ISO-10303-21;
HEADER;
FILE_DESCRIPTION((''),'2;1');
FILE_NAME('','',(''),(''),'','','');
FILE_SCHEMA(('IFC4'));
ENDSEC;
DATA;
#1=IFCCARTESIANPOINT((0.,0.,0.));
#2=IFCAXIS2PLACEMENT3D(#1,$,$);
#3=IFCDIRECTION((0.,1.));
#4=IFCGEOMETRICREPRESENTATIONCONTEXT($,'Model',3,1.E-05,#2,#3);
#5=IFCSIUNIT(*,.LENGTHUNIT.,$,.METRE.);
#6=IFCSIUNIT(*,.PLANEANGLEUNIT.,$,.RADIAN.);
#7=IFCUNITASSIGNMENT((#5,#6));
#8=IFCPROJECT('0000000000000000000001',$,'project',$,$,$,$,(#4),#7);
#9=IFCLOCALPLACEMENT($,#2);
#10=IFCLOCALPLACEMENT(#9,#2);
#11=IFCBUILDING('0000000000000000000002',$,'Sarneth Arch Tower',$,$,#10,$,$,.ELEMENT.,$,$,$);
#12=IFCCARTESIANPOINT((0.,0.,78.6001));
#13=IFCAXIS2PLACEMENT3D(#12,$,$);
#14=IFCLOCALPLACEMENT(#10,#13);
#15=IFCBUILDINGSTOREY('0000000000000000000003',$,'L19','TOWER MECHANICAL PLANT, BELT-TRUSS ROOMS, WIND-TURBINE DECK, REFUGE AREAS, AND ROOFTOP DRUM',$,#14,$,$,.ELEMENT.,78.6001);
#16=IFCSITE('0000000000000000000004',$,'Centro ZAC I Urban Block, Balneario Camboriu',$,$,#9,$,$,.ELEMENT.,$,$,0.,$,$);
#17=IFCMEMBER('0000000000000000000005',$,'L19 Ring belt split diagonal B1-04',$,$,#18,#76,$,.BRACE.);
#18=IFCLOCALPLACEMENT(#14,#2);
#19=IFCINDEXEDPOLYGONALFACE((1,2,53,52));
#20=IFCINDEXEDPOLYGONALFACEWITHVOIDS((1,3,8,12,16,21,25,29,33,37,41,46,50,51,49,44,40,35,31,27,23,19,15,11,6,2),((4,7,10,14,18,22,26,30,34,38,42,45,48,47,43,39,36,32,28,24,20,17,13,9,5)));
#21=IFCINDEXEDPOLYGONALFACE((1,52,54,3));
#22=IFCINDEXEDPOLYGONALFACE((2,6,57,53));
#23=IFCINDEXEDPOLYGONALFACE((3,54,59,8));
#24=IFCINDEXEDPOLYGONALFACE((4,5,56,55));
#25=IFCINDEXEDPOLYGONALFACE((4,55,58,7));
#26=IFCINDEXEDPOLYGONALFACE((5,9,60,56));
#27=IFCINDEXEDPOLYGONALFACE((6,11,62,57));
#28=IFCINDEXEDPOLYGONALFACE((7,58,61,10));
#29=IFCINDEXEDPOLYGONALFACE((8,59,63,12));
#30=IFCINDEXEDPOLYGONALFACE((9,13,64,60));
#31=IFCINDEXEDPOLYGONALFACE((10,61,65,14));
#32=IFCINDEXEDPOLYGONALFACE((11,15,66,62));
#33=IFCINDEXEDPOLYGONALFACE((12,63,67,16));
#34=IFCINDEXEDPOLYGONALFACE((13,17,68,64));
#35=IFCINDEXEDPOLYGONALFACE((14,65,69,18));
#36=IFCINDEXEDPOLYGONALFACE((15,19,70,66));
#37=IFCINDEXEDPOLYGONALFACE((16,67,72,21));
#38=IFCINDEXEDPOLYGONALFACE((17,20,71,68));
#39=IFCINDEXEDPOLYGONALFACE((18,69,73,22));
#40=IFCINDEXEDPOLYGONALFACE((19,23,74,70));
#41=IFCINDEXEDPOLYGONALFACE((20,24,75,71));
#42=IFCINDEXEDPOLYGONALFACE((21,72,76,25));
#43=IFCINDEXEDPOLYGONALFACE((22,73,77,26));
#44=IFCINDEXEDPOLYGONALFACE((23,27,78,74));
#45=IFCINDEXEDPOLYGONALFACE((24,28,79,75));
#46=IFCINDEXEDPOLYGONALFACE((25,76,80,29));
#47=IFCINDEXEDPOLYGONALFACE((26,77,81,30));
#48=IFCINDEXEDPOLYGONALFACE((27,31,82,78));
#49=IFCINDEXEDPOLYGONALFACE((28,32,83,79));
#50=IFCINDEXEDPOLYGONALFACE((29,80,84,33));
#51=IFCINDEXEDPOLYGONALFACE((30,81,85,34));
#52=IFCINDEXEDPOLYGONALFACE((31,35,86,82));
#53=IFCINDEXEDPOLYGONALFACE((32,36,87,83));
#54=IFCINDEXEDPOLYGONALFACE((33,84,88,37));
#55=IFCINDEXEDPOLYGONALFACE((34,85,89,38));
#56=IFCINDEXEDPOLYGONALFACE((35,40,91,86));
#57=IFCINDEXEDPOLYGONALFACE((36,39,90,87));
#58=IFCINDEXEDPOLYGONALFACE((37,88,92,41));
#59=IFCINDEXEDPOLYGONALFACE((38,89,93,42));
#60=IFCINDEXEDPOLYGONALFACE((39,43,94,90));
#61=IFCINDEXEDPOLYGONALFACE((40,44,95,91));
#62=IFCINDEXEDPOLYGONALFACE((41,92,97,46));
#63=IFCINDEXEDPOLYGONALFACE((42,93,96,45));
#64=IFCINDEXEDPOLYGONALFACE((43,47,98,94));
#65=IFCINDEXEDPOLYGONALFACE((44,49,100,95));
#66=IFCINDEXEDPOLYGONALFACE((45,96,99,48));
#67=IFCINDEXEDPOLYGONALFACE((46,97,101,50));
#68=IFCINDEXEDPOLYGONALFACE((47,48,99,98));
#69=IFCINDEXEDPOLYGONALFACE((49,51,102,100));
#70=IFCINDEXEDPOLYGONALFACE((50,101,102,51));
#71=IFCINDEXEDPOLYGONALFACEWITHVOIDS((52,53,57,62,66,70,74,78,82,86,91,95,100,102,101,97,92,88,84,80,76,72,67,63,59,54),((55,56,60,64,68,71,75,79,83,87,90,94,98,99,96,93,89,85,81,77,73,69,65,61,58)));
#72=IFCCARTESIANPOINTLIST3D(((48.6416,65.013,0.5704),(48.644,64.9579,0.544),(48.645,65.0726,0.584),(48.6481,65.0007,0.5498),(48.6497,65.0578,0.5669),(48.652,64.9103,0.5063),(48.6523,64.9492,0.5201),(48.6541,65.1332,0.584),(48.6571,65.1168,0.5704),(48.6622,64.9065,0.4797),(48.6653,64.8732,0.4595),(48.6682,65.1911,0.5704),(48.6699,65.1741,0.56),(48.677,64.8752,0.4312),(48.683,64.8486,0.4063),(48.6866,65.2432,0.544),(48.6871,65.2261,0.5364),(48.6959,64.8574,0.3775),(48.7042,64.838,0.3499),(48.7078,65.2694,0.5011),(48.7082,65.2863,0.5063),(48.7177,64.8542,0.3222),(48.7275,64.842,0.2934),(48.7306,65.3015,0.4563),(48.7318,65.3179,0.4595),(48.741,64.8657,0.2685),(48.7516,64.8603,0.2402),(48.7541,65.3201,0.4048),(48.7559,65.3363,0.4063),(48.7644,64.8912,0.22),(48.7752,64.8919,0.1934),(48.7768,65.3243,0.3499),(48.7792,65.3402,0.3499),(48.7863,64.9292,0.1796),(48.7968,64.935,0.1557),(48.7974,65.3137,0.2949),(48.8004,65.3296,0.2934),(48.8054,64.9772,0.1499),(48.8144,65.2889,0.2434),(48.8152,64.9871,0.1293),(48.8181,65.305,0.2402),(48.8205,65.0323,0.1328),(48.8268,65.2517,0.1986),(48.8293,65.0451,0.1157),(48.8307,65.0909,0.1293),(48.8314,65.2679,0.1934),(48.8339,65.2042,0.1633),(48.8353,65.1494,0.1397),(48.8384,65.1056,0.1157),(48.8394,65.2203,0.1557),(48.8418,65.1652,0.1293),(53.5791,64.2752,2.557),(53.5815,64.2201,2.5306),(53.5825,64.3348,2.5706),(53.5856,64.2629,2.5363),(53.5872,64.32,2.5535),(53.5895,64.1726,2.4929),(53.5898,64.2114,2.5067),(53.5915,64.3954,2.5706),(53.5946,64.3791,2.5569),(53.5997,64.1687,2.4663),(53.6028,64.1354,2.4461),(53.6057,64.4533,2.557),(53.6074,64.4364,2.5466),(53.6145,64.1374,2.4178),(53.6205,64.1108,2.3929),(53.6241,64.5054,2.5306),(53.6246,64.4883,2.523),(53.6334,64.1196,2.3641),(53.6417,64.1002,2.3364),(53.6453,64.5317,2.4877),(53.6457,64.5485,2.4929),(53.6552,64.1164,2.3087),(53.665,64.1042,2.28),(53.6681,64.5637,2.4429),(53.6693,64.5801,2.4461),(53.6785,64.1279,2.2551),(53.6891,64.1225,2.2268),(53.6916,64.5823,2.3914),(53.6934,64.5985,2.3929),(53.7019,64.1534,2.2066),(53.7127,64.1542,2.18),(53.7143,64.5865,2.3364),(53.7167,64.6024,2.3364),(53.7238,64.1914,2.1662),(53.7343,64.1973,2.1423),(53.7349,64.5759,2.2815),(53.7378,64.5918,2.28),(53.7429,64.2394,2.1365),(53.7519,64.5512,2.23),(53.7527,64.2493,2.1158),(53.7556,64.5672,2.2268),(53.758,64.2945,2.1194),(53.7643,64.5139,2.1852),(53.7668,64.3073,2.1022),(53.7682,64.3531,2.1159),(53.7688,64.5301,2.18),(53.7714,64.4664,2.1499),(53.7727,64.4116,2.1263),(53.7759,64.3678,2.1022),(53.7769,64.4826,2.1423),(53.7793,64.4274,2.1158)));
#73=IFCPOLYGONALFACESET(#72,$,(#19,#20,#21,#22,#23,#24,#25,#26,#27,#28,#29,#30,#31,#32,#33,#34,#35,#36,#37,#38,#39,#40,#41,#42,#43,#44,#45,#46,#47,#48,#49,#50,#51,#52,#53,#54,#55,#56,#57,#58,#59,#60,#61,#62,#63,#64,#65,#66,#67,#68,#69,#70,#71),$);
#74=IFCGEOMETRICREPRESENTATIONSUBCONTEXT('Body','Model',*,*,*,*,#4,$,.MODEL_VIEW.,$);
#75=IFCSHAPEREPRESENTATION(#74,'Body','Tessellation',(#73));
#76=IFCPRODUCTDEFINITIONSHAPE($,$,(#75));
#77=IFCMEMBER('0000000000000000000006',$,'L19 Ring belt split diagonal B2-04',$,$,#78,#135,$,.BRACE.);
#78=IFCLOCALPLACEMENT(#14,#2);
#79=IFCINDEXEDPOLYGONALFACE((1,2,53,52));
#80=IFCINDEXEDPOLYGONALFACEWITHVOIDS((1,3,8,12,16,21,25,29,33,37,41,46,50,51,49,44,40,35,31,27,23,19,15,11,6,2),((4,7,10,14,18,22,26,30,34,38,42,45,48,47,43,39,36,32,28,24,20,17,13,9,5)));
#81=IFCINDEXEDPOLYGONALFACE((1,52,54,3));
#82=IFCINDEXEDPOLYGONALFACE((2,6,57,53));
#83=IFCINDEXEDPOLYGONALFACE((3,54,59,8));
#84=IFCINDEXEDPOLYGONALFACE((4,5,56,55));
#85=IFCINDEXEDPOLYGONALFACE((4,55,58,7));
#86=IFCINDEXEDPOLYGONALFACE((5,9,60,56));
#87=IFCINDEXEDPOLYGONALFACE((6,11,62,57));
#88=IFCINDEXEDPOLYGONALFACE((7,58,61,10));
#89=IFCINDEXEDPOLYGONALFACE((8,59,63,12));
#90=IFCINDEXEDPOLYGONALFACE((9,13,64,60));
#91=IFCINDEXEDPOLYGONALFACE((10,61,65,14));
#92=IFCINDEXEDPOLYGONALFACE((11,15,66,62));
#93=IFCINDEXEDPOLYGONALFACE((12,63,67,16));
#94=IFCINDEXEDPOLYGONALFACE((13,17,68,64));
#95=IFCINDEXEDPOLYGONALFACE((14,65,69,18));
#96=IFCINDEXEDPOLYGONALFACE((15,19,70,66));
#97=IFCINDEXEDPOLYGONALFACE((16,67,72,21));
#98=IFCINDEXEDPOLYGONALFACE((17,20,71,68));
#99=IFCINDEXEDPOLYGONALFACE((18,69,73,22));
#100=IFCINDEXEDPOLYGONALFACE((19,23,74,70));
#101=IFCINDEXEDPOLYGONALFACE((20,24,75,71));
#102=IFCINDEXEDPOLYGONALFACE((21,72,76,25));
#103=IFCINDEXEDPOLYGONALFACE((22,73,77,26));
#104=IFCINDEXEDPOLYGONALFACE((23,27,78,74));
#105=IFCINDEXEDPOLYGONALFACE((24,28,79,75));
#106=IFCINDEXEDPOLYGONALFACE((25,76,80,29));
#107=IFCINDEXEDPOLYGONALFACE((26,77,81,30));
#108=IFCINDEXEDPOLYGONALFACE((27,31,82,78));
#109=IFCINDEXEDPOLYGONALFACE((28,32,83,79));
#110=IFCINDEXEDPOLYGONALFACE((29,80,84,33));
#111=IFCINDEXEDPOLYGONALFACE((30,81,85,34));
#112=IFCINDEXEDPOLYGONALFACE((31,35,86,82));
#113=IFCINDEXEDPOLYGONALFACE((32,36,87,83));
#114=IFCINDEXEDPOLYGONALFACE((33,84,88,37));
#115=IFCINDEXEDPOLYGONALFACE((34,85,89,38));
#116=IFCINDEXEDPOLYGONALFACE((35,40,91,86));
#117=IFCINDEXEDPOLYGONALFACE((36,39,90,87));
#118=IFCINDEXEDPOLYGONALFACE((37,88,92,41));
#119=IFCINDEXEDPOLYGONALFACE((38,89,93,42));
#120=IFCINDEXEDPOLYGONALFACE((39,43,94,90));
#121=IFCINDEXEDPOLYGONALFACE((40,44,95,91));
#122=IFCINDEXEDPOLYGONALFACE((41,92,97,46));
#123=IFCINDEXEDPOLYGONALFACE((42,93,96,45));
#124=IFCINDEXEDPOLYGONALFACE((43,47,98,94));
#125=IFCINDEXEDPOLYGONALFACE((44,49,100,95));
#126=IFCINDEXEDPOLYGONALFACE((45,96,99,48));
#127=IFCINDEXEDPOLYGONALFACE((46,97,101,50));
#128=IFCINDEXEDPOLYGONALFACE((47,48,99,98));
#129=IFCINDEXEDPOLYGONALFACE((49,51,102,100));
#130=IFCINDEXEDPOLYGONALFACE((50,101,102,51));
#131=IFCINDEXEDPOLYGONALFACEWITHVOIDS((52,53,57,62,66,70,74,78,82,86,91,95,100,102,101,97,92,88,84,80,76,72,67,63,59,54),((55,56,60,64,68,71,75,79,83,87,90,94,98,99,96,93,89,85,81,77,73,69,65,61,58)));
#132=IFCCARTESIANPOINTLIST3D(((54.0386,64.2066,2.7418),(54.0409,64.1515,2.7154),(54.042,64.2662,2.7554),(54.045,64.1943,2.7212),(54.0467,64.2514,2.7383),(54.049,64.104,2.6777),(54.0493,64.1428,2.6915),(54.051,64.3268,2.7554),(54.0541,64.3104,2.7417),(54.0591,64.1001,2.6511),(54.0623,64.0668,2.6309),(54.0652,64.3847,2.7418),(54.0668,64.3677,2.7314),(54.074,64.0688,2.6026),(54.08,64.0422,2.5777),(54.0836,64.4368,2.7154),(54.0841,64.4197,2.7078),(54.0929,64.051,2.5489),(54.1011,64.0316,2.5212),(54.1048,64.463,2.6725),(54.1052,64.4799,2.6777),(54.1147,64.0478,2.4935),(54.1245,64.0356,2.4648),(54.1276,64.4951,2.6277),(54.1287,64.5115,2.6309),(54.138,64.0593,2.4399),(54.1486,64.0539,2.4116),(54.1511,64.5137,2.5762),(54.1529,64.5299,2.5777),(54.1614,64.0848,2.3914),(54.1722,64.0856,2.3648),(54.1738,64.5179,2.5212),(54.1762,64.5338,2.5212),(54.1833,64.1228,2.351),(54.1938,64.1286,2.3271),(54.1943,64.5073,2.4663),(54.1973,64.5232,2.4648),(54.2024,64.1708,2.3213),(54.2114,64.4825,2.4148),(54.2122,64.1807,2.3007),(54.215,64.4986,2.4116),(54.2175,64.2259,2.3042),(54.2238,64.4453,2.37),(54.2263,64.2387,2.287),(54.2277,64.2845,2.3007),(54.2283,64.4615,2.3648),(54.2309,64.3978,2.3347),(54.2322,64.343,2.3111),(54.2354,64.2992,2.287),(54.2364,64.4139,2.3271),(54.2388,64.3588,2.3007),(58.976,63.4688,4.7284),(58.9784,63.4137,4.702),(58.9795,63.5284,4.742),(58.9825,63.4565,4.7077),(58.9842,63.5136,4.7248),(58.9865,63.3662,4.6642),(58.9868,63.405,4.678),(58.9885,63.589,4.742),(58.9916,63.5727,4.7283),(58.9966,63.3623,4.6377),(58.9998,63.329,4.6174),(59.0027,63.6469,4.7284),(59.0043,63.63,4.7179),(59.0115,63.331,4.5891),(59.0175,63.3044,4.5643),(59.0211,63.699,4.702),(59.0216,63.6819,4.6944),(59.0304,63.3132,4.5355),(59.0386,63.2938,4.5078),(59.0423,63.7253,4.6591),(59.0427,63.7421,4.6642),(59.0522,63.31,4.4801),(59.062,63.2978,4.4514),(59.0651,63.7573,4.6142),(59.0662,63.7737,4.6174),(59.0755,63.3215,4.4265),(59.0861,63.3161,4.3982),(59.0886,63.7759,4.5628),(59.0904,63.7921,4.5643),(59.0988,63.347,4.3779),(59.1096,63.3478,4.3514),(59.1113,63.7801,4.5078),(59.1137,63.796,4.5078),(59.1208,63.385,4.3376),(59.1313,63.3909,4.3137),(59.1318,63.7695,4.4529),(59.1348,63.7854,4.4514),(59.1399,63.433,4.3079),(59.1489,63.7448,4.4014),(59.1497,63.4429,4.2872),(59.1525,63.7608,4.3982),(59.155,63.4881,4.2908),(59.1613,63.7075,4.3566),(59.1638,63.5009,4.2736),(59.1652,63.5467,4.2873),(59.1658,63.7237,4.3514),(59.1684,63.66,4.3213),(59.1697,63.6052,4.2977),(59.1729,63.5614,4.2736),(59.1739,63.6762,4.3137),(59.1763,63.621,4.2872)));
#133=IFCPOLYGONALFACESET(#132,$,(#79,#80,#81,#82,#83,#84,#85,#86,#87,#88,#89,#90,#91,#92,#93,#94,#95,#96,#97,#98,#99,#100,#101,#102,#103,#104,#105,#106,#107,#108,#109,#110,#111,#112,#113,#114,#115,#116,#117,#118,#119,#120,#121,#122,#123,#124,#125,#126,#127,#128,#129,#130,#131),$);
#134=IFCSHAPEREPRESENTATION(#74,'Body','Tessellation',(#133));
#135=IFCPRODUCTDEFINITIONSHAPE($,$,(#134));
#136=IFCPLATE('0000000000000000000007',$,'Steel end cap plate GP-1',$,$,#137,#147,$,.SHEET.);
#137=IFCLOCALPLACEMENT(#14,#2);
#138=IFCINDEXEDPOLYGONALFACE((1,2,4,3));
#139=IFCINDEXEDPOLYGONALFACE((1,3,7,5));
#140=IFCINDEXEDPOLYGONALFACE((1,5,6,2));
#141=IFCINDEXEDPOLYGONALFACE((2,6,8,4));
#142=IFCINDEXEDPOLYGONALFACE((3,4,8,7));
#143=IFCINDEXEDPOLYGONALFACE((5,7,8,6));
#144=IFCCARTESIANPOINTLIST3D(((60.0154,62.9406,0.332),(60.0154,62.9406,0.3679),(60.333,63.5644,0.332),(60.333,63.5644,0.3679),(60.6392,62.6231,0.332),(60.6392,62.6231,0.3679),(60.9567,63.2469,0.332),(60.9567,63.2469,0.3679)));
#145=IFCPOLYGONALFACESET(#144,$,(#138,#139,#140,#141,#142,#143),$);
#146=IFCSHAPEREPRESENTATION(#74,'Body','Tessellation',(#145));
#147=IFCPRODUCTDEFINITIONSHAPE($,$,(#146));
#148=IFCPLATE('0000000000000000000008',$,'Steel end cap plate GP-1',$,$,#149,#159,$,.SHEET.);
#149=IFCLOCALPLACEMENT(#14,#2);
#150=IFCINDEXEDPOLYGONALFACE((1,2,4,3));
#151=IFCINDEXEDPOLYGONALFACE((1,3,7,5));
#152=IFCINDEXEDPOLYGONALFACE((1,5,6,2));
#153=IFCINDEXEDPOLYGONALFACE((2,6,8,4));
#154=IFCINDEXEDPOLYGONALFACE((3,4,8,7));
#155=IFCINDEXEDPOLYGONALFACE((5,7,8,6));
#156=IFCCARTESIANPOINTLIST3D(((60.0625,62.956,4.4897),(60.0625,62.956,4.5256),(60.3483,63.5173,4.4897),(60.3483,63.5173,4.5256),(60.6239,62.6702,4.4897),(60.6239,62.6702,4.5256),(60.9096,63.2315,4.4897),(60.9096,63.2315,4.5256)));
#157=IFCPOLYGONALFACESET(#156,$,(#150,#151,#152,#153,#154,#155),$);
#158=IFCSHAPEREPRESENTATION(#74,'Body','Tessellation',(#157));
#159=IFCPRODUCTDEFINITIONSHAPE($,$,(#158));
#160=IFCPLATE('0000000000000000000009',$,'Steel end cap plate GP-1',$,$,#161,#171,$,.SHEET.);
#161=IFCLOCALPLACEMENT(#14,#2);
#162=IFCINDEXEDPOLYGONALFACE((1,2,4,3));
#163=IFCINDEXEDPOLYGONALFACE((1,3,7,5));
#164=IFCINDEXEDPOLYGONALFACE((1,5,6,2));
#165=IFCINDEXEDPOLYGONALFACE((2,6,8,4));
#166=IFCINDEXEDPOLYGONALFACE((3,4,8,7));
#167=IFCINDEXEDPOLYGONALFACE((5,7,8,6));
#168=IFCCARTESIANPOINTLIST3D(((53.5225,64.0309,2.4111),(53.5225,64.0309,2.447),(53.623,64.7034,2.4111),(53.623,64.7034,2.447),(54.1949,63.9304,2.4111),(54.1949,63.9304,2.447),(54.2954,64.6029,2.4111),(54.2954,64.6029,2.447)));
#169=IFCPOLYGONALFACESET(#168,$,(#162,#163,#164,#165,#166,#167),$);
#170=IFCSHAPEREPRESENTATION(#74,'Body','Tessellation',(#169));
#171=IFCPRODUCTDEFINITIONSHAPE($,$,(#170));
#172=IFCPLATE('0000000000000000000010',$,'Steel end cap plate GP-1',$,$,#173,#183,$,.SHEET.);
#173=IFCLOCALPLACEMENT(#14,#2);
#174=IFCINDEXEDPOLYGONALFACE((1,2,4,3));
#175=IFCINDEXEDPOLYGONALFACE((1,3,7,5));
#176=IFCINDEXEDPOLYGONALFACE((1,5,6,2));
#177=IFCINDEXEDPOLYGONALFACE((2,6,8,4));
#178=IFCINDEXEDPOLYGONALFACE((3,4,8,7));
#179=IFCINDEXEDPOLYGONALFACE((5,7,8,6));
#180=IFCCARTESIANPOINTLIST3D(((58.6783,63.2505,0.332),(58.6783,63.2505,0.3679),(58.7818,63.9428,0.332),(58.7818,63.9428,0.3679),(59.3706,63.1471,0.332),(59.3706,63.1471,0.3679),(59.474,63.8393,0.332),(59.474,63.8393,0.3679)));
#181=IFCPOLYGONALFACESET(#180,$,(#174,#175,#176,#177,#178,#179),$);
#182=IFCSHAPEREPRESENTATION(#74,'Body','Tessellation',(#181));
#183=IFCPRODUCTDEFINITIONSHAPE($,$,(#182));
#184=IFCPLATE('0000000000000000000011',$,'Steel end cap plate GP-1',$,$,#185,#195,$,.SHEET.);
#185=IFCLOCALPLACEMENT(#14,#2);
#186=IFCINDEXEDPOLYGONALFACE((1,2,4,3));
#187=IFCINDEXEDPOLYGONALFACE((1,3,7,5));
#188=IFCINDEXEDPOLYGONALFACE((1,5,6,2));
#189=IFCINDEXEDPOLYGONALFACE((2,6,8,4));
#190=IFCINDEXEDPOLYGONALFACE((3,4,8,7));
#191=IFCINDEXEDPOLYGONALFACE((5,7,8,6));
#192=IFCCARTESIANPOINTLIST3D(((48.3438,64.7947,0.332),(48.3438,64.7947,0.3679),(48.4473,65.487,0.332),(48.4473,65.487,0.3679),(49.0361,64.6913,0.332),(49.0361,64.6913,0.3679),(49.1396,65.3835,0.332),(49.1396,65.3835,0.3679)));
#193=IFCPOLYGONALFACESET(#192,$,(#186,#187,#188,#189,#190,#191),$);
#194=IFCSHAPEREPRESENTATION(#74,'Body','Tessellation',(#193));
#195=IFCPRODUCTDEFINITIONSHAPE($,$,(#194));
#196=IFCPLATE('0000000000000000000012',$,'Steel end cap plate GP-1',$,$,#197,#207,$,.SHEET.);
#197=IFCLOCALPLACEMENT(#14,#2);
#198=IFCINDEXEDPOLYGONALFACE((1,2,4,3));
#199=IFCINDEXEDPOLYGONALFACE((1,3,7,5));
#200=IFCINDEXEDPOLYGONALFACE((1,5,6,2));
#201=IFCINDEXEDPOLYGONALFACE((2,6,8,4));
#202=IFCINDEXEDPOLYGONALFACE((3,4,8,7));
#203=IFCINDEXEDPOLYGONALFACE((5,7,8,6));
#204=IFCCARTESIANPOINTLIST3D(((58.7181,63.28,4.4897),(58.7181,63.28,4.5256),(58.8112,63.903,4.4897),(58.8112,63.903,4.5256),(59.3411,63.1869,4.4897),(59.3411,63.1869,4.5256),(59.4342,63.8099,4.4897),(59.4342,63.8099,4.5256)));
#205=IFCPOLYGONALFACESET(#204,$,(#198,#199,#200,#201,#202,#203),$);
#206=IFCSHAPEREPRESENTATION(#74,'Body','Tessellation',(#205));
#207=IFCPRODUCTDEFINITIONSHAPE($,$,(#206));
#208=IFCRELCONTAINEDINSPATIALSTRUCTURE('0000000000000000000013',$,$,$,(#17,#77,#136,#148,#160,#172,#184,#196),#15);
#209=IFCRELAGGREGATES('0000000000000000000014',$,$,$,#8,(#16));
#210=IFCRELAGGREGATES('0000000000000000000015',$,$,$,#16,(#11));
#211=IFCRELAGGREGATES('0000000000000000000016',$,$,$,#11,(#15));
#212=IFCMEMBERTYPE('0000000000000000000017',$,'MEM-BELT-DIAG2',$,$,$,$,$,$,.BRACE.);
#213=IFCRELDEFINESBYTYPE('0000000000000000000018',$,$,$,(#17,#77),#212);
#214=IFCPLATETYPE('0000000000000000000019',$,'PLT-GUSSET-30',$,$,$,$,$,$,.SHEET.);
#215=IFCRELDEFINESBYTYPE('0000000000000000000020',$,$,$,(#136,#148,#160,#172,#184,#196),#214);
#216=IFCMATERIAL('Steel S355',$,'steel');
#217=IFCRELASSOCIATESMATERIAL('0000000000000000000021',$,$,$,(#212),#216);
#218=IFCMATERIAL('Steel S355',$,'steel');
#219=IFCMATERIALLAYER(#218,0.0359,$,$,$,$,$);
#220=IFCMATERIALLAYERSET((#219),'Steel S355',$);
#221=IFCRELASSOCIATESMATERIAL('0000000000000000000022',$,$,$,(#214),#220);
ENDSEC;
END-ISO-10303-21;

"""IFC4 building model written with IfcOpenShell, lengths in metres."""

from ifc_helpers import new_model, si_unit, direction, frame, origin, origin_2d, place, context, subcontext, project, spatial, rectangle, hollow_circle, extrude, material, layer, layer_set, material_profile, profile_set, type_object, element, save


model = new_model("IFC4")

# Units and contexts
model_context = context("Model", 3, precision=1e-05, world=origin(), true_north=direction((0.0, 1.0)))
body_context = subcontext(model_context, "Body", "Model", "MODEL_VIEW")
ifc_project = project(units=[si_unit("LENGTHUNIT", "METRE"), si_unit("PLANEANGLEUNIT", "RADIAN")], contexts=[model_context])

# Site, building, storey
site_placement = place(None, origin())
site = spatial("IfcSite", under=ifc_project, at=site_placement, Name="Centro ZAC I Urban Block, Balneario Camboriu", CompositionType="ELEMENT", RefElevation=0.0)
building_placement = place(site_placement, origin())
building = spatial("IfcBuilding", under=site, at=building_placement, Name="Sarneth Arch Tower", CompositionType="ELEMENT")
storey_placement = place(building_placement, frame((0.0, 0.0, 78.6001)))
storey = spatial("IfcBuildingStorey", under=building, at=storey_placement, Name="L19", Description="TOWER MECHANICAL PLANT, BELT-TRUSS ROOMS, WIND-TURBINE DECK, REFUGE AREAS, AND ROOFTOP DRUM", CompositionType="ELEMENT", Elevation=78.6001)

# Members
ifc_material_1 = material(Name="Steel S355", Category="steel")
ifc_material_profile_1 = material_profile(ifc_material_1, hollow_circle(Radius=0.2539, WallThickness=0.0161, at=origin_2d()), Name="CHS508x16")
ifc_profile_set_1 = profile_set([ifc_material_profile_1], Name="Steel S355")
member_type_1 = type_object("IfcMemberType", Name="MEM-BELT-DIAG2", PredefinedType="BRACE", material=ifc_profile_set_1)
for number, where, z_axis, x_axis, name in (
    (1, (48.7417, 65.0891, 0.3499), (0.918937, -0.137314, 0.369729), (0.147786, 0.989019, 0.0), "L19 Ring belt split diagonal B1-04"),
    (2, (54.1387, 64.2827, 2.5212), (0.918937, -0.137314, 0.369729), (0.147786, 0.989019, 0.0), "L19 Ring belt split diagonal B2-04"),
):
    element("IfcMember", number, at=place(storey_placement, frame(where, z_axis=z_axis, x_axis=x_axis)), inside=storey, type_object=member_type_1, Name=name, PredefinedType="BRACE", context=body_context, shape_type="SweptSolid", body=[
        extrude(hollow_circle(Radius=0.2539, WallThickness=0.0161, at=origin_2d()), origin(), (0.0, 0.0, 1.0), 5.373),
    ])

# Plates
ifc_material_2 = material(Name="Steel S355", Category="steel")
ifc_layer_1 = layer(ifc_material_2, 0.0359)
ifc_layer_set_1 = layer_set([ifc_layer_1], Name="Steel S355")
plate_type_1 = type_object("IfcPlateType", Name="PLT-GUSSET-30", PredefinedType="SHEET", material=ifc_layer_set_1)
plate_1_placement = place(storey_placement, frame((60.4861, 63.0938, 0.332), z_axis=(0.0, 0.0, 1.0), x_axis=(-0.891165, 0.453679, 0.0)))
element("IfcPlate", 3, at=plate_1_placement, inside=storey, type_object=plate_type_1, Name="Steel end cap plate GP-1", PredefinedType="SHEET", context=body_context, shape_type="SweptSolid", body=[
    extrude(rectangle(XDim=0.7, YDim=0.7, at=origin_2d()), origin(), (0.0, 0.0, 1.0), 0.0359),
])
plate_2_placement = place(storey_placement, frame((60.4861, 63.0938, 4.4897), z_axis=(0.0, 0.0, 1.0), x_axis=(-0.891165, 0.453679, 0.0)))
element("IfcPlate", 4, at=plate_2_placement, inside=storey, type_object=plate_type_1, Name="Steel end cap plate GP-1", PredefinedType="SHEET", context=body_context, shape_type="SweptSolid", body=[
    extrude(rectangle(XDim=0.6299, YDim=0.6299, at=origin_2d()), origin(), (0.0, 0.0, 1.0), 0.0359),
])
plate_3_placement = place(storey_placement, frame((53.9089, 64.3169, 2.4111), z_axis=(0.0, 0.0, 1.0), x_axis=(-0.989016, 0.147809, 0.0)))
element("IfcPlate", 5, at=plate_3_placement, inside=storey, type_object=plate_type_1, Name="Steel end cap plate GP-1", PredefinedType="SHEET", context=body_context, shape_type="SweptSolid", body=[
    extrude(rectangle(XDim=0.6799, YDim=0.6799, at=origin_2d()), origin(), (0.0, 0.0, 1.0), 0.0359),
])
for number, where, z_axis, x_axis, name in (
    (6, (59.0762, 63.5449, 0.332), (0.0, 0.0, 1.0), (0.989016, -0.147809, 0.0), "Steel end cap plate GP-1"),
    (7, (48.7417, 65.0891, 0.332), (0.0, 0.0, 1.0), (-0.989016, 0.147809, 0.0), "Steel end cap plate GP-1"),
):
    element("IfcPlate", number, at=place(storey_placement, frame(where, z_axis=z_axis, x_axis=x_axis)), inside=storey, type_object=plate_type_1, Name=name, PredefinedType="SHEET", context=body_context, shape_type="SweptSolid", body=[
        extrude(rectangle(XDim=0.7, YDim=0.7, at=origin_2d()), origin(), (0.0, 0.0, 1.0), 0.0359),
    ])
for number, where, z_axis, x_axis, name in (
    (8, (59.0762, 63.5449, 4.4897), (0.0, 0.0, 1.0), (0.989016, -0.147809, 0.0), "Steel end cap plate GP-1"),
):
    element("IfcPlate", number, at=place(storey_placement, frame(where, z_axis=z_axis, x_axis=x_axis)), inside=storey, type_object=plate_type_1, Name=name, PredefinedType="SHEET", context=body_context, shape_type="SweptSolid", body=[
        extrude(rectangle(XDim=0.6299, YDim=0.6299, at=origin_2d()), origin(), (0.0, 0.0, 1.0), 0.0359),
    ])

save(model, "model.ifc")
